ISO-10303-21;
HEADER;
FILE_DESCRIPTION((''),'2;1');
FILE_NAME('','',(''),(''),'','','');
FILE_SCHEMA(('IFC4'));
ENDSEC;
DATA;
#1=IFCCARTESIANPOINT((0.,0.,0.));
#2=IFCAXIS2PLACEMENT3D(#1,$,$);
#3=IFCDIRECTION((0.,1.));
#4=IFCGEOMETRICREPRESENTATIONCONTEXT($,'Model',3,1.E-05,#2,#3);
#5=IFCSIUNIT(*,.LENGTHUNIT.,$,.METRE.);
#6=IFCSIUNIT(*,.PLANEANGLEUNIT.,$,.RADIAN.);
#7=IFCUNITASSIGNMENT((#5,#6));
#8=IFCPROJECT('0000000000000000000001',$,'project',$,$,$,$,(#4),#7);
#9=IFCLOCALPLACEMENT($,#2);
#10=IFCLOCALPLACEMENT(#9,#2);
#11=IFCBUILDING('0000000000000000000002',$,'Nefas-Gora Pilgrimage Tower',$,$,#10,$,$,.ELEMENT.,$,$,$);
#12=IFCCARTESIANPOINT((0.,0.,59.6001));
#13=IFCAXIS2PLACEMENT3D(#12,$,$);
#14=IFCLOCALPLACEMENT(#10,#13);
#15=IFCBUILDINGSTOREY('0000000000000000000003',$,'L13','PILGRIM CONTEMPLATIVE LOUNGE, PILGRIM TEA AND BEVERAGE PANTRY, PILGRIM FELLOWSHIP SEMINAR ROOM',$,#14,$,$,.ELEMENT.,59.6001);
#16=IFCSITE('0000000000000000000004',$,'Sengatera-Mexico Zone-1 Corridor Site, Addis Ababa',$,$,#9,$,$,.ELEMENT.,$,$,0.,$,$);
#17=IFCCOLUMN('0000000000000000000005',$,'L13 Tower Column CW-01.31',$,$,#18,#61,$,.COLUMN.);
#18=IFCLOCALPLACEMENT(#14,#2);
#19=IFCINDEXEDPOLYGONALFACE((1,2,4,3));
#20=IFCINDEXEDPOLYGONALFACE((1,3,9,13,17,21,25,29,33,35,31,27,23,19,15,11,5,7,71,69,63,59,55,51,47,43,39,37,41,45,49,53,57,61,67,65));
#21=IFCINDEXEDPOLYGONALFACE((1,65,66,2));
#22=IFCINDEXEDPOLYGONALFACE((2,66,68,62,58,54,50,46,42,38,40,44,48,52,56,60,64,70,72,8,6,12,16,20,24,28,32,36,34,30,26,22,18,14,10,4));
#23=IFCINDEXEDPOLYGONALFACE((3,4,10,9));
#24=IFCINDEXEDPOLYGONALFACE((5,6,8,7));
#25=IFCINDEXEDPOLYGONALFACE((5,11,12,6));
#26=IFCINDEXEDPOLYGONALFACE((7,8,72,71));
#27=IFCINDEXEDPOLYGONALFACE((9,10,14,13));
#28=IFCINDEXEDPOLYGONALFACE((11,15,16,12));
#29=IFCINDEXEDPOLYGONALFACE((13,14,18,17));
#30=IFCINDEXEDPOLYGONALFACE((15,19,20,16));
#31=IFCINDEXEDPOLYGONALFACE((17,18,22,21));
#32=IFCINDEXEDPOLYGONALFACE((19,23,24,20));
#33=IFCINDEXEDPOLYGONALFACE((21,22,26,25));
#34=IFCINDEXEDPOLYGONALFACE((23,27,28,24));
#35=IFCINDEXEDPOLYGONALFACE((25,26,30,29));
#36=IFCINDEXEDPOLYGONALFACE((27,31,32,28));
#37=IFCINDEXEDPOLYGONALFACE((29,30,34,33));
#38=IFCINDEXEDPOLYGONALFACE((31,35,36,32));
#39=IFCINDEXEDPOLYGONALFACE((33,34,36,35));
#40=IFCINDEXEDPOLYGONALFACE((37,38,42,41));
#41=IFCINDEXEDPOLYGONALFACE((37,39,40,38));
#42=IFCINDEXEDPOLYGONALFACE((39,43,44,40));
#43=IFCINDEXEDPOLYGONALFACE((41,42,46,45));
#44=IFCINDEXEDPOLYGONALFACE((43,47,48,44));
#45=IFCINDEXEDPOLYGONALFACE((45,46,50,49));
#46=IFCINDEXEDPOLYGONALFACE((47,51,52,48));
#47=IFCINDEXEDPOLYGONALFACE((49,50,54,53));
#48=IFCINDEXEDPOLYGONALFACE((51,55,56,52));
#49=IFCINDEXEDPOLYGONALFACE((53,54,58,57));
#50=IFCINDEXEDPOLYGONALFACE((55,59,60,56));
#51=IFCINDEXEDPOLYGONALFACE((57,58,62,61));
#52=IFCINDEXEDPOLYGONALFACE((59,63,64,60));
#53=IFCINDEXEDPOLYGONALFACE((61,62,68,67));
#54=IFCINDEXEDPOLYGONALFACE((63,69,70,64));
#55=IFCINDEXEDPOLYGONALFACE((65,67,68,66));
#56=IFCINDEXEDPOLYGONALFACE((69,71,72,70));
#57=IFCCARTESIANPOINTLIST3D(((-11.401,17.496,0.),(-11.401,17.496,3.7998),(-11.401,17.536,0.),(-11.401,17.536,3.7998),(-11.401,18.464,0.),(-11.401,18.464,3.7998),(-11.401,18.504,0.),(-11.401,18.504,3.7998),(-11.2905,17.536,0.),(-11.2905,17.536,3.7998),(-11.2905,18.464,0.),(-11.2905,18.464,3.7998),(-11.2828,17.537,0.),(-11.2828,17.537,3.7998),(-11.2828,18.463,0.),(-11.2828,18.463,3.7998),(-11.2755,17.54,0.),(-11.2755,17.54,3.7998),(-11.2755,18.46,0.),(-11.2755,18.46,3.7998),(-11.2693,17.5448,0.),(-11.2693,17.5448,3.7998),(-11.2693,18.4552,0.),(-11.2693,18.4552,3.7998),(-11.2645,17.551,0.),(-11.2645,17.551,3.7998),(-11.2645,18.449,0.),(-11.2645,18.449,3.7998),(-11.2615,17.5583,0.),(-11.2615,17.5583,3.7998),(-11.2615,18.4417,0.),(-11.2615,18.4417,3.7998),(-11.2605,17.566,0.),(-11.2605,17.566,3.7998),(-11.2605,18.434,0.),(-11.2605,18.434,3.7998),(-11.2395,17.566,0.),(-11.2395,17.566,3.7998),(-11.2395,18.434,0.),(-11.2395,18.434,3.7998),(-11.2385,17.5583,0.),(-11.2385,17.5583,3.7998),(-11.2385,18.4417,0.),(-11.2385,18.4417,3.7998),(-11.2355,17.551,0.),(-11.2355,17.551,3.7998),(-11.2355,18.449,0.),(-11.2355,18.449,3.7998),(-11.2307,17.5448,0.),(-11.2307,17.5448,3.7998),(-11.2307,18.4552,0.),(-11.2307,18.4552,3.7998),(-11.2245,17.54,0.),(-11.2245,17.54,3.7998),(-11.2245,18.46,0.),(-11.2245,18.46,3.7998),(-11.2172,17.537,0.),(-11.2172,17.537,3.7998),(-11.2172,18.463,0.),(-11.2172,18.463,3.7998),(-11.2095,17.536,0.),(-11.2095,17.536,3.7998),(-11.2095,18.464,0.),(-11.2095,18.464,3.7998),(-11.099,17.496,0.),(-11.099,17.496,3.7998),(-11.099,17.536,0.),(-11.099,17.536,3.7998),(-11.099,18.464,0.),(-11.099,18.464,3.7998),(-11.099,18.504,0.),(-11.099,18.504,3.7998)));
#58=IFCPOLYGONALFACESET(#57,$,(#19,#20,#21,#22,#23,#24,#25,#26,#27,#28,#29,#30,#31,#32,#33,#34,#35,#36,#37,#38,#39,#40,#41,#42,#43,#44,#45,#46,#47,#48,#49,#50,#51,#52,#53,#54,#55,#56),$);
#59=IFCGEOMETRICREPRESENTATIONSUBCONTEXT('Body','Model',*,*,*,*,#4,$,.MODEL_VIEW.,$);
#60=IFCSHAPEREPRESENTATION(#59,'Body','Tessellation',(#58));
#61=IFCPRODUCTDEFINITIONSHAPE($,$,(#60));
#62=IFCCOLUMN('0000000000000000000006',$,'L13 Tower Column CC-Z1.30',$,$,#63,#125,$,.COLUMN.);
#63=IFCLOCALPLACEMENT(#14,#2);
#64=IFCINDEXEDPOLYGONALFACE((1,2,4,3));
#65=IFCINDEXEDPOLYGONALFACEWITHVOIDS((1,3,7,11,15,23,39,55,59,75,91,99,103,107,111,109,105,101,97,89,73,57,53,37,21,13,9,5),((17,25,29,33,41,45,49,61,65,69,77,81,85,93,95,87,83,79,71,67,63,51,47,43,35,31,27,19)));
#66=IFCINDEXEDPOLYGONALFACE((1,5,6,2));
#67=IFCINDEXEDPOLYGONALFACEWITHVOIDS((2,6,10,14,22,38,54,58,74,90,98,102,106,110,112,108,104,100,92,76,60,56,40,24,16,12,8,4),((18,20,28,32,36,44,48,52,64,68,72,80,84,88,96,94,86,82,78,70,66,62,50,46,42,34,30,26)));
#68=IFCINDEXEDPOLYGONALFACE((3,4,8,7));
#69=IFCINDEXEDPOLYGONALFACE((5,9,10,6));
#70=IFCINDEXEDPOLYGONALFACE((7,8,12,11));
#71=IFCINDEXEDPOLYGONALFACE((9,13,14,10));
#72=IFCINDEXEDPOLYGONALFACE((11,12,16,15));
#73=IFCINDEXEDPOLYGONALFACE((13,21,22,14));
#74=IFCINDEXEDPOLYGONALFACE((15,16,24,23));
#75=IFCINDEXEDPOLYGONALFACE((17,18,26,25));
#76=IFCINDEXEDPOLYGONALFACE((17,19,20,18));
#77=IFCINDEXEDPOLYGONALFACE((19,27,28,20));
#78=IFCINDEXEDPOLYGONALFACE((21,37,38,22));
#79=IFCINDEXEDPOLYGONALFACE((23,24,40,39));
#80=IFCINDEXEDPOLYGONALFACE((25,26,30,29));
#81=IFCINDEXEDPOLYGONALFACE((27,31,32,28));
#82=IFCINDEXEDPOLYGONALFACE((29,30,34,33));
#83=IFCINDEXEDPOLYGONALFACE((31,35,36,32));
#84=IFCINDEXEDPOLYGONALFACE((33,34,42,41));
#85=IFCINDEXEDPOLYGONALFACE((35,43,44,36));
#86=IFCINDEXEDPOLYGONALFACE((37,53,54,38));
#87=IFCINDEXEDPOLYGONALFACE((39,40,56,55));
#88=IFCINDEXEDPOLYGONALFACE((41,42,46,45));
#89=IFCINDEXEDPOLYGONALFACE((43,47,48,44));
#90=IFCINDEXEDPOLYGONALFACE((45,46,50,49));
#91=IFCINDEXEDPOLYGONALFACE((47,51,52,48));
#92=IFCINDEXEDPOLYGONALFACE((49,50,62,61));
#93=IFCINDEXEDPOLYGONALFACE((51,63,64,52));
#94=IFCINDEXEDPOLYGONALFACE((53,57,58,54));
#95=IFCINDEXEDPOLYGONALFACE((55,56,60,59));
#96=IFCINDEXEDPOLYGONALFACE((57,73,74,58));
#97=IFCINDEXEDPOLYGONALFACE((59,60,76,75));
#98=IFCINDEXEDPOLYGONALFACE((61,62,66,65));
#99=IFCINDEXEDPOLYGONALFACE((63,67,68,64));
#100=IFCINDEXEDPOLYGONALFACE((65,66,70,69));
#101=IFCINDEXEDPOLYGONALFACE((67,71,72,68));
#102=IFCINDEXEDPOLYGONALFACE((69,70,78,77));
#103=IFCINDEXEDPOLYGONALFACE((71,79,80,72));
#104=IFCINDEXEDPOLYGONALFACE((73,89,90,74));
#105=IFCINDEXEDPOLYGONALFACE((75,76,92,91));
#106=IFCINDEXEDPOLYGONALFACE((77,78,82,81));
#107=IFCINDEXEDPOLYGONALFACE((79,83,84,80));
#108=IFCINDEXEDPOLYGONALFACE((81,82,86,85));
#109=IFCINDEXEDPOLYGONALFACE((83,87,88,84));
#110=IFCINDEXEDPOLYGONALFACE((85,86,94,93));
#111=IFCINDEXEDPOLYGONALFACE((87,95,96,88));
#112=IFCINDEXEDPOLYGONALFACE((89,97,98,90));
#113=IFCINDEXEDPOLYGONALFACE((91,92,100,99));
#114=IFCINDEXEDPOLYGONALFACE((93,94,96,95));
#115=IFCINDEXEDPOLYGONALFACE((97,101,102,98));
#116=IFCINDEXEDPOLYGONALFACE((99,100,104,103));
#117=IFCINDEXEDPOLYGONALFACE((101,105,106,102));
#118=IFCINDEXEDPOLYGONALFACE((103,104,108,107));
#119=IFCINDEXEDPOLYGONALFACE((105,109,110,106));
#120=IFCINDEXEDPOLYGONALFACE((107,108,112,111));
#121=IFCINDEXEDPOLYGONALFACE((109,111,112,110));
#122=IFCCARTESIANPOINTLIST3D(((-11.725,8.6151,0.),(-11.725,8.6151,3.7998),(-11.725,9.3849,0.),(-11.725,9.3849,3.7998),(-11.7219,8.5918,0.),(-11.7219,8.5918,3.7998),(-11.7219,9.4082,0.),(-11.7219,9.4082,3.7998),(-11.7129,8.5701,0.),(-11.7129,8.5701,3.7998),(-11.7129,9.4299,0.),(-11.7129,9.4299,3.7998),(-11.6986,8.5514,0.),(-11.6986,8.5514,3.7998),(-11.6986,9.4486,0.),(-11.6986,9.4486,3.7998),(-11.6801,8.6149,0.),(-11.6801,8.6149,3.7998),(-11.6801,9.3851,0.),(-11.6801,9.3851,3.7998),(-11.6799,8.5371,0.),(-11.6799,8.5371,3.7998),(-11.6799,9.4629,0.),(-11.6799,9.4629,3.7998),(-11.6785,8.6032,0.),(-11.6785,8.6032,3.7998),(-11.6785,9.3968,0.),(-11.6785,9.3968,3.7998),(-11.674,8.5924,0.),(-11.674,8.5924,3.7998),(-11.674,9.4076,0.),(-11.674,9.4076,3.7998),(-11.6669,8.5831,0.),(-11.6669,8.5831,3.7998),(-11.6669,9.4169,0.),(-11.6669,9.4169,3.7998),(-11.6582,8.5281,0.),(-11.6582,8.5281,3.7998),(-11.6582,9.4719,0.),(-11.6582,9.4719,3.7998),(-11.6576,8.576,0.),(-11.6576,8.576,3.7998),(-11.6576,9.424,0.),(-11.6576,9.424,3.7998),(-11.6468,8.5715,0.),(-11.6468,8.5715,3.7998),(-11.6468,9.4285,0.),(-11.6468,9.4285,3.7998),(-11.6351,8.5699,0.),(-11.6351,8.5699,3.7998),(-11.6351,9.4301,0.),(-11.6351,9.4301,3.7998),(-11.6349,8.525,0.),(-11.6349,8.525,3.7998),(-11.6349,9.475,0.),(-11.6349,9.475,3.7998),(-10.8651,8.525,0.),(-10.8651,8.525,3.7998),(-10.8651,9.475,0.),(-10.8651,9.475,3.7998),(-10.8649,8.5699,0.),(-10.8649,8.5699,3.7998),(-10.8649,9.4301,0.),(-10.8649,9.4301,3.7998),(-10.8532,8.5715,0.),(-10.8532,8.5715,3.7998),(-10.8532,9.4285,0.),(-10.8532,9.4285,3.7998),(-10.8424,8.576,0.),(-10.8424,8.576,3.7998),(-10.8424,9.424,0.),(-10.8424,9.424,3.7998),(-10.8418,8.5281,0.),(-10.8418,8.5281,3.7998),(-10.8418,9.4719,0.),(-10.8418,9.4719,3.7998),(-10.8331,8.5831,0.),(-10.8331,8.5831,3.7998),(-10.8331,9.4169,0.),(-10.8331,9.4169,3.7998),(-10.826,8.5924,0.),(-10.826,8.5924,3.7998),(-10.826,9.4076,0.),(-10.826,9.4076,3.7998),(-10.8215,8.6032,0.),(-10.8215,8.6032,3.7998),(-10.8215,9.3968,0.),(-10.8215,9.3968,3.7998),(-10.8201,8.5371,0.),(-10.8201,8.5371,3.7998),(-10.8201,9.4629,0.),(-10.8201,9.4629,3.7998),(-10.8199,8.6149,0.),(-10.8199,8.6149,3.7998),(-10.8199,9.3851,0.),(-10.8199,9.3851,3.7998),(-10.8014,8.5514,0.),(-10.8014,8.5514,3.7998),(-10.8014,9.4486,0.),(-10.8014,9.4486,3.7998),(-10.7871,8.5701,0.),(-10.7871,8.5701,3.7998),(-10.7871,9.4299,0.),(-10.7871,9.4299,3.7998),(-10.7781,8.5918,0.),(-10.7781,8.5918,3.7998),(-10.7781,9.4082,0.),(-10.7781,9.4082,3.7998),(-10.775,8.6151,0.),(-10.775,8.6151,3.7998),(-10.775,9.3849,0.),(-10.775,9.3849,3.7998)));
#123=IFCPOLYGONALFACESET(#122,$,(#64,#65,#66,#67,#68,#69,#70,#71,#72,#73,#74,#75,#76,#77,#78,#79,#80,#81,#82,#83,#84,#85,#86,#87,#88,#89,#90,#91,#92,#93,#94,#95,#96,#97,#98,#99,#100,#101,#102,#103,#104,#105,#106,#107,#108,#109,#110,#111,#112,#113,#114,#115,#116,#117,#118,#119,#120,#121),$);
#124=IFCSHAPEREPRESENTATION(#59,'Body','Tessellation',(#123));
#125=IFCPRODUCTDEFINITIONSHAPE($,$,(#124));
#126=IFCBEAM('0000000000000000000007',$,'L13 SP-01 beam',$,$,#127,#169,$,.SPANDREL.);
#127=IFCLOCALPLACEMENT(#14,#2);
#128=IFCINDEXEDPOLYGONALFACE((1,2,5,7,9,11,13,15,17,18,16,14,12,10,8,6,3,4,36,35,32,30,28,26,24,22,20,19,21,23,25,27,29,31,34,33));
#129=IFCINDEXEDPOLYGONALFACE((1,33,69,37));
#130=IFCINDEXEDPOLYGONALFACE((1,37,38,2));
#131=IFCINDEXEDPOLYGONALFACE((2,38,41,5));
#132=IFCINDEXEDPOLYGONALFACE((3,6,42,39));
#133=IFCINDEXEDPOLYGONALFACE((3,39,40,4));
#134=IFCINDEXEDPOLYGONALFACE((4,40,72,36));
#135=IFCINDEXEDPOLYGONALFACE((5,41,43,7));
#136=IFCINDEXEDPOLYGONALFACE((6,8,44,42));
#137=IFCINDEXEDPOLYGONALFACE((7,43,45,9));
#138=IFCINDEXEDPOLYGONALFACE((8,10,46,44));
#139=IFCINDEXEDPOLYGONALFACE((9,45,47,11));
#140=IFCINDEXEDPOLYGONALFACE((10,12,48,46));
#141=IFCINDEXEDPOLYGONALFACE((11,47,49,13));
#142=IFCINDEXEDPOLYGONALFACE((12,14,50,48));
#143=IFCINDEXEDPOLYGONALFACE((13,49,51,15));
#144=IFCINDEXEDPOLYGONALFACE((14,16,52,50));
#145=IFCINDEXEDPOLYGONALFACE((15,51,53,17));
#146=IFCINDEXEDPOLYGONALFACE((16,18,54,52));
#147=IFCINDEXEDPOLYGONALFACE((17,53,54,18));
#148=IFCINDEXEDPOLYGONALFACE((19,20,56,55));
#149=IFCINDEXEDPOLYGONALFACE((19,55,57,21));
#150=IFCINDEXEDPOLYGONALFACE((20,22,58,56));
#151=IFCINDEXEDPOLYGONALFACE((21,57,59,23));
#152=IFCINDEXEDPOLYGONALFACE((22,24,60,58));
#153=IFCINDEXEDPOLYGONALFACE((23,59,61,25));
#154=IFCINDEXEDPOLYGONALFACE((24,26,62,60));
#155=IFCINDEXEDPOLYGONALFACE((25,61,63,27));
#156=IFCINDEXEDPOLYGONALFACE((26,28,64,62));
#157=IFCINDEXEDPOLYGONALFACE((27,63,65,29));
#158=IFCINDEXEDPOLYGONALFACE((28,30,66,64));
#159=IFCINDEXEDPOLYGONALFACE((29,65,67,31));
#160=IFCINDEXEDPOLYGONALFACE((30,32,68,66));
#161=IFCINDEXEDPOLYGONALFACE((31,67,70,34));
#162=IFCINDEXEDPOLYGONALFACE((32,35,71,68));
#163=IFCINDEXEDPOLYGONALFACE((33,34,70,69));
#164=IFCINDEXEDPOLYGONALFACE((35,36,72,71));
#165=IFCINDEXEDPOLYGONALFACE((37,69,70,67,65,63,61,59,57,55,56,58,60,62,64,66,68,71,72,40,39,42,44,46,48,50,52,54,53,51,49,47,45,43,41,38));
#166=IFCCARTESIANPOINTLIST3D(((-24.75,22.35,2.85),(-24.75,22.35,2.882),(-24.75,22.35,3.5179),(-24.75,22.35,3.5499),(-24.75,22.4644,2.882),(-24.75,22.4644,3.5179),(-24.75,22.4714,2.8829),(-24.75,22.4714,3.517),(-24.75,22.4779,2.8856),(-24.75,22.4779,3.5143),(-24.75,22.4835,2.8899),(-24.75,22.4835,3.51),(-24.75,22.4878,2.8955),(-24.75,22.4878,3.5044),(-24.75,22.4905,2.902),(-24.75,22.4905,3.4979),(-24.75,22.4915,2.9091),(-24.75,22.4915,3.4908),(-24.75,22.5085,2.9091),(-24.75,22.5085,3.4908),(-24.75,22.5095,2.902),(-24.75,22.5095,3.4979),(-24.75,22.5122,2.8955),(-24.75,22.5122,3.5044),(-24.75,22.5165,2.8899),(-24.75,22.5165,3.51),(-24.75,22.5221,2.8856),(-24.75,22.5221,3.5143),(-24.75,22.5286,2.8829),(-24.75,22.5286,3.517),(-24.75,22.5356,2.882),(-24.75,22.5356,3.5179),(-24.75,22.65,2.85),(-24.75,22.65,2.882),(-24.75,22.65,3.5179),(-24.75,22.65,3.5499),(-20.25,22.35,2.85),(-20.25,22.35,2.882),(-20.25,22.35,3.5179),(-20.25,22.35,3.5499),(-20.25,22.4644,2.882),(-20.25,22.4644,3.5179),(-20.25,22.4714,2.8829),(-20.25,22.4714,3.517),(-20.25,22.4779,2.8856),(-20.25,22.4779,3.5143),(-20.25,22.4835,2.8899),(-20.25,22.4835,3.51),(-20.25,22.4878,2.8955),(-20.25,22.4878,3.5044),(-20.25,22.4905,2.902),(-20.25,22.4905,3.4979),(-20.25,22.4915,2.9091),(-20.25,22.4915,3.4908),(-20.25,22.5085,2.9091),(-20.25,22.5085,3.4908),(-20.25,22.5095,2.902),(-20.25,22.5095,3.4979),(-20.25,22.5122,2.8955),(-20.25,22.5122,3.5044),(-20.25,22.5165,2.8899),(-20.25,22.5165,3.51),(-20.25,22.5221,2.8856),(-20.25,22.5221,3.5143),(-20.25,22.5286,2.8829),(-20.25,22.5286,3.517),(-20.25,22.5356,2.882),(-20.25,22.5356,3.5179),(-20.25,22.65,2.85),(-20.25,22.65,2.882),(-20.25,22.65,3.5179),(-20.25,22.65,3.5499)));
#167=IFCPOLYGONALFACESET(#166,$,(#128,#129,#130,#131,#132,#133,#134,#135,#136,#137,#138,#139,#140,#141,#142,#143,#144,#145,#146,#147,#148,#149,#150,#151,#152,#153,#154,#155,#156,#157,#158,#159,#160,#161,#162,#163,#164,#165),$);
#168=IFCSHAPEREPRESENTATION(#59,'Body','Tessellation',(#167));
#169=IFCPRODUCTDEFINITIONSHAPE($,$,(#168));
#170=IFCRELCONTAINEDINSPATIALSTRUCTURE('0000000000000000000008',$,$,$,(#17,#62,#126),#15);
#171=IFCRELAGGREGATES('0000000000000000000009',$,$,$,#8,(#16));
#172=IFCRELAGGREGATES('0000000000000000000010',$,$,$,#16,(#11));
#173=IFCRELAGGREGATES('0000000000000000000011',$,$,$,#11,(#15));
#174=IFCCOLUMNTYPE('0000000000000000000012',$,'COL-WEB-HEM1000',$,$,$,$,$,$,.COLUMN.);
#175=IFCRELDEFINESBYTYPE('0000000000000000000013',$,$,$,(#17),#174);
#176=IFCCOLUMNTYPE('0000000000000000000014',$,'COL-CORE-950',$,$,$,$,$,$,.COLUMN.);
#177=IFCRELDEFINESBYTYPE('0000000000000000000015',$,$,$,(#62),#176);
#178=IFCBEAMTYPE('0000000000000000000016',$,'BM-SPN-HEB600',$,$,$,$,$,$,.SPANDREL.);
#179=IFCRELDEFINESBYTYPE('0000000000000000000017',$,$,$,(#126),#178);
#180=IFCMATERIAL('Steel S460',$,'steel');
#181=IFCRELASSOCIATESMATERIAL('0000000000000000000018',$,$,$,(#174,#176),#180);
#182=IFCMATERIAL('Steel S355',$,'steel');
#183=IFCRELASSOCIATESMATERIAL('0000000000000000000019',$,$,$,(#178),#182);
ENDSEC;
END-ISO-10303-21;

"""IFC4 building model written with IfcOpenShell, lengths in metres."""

from ifc_helpers import new_model, si_unit, direction, frame, origin, origin_2d, place, context, subcontext, project, spatial, hollow_rectangle, i_section, extrude, source, transform, mapped, material, material_profile, profile_set, type_object, element, save


model = new_model("IFC4")

# Units and contexts
model_context = context("Model", 3, precision=1e-05, world=origin(), true_north=direction((0.0, 1.0)))
body_context = subcontext(model_context, "Body", "Model", "MODEL_VIEW")
ifc_project = project(units=[si_unit("LENGTHUNIT", "METRE"), si_unit("PLANEANGLEUNIT", "RADIAN")], contexts=[model_context])

# Site, building, storey
site_placement = place(None, origin())
site = spatial("IfcSite", under=ifc_project, at=site_placement, Name="Sengatera-Mexico Zone-1 Corridor Site, Addis Ababa", CompositionType="ELEMENT", RefElevation=0.0)
building_placement = place(site_placement, origin())
building = spatial("IfcBuilding", under=site, at=building_placement, Name="Nefas-Gora Pilgrimage Tower", CompositionType="ELEMENT")
storey_placement = place(building_placement, frame((0.0, 0.0, 59.6001)))
storey = spatial("IfcBuildingStorey", under=building, at=storey_placement, Name="L13", Description="PILGRIM CONTEMPLATIVE LOUNGE, PILGRIM TEA AND BEVERAGE PANTRY, PILGRIM FELLOWSHIP SEMINAR ROOM", CompositionType="ELEMENT", Elevation=59.6001)

# Columns
ifc_material_1 = material(Name="Steel S460", Category="steel")
ifc_material_profile_1 = material_profile(ifc_material_1, i_section(OverallWidth=0.302, OverallDepth=1.0081, WebThickness=0.021, FlangeThickness=0.04, FilletRadius=0.03, at=origin_2d()), Name="HEM 1000")
ifc_profile_set_1 = profile_set([ifc_material_profile_1], Name="Steel S460")
column_type_1 = type_object("IfcColumnType", Name="COL-WEB-HEM1000", PredefinedType="COLUMN", material=ifc_profile_set_1)
shared_shape_1 = source(origin(), body_context, "Body", "SweptSolid", [
    extrude(i_section(OverallWidth=0.302, OverallDepth=1.0081, WebThickness=0.021, FlangeThickness=0.04, FilletRadius=0.03, at=origin_2d()), origin(), (0.0, 0.0, 1.0), 3.7998),
])
for number, where, z_axis, x_axis, name in (
    (1, (-11.25, 18.0, 0.0), (0.0, 0.0, 1.0), (1.0, 0.0, 0.0), "L13 Tower Column CW-01.31"),
):
    element("IfcColumn", number, at=place(storey_placement, frame(where, z_axis=z_axis, x_axis=x_axis)), inside=storey, type_object=column_type_1, Name=name, PredefinedType="COLUMN", context=body_context, shape_type="MappedRepresentation", body=[
        mapped(shared_shape_1, transform((0.0, 0.0, 0.0), x_axis=(1.0, 0.0, 0.0), y_axis=(0.0, 1.0, 0.0), z_axis=(0.0, 0.0, 1.0), scale=1.0)),
    ])
ifc_material_profile_2 = material_profile(ifc_material_1, hollow_rectangle(XDim=0.95, YDim=0.95, WallThickness=0.0449, InnerFilletRadius=0.0449, OuterFilletRadius=0.0901, at=origin_2d()), Name="BOX 950x950x45")
ifc_profile_set_2 = profile_set([ifc_material_profile_2], Name="Steel S460")
column_type_2 = type_object("IfcColumnType", Name="COL-CORE-950", PredefinedType="COLUMN", material=ifc_profile_set_2)
shared_shape_2 = source(origin(), body_context, "Body", "SweptSolid", [
    extrude(hollow_rectangle(XDim=0.95, YDim=0.95, WallThickness=0.0449, InnerFilletRadius=0.0449, OuterFilletRadius=0.0901, at=origin_2d()), origin(), (0.0, 0.0, 1.0), 3.7998),
])
column_placement = place(storey_placement, frame((-11.25, 9.0, 0.0), z_axis=(0.0, 0.0, 1.0), x_axis=(1.0, 0.0, 0.0)))
element("IfcColumn", 2, at=column_placement, inside=storey, type_object=column_type_2, Name="L13 Tower Column CC-Z1.30", PredefinedType="COLUMN", context=body_context, shape_type="MappedRepresentation", body=[
    mapped(shared_shape_2, transform((0.0, 0.0, 0.0), x_axis=(1.0, 0.0, 0.0), y_axis=(0.0, 1.0, 0.0), z_axis=(0.0, 0.0, 1.0), scale=1.0)),
])

# Beam
ifc_material_2 = material(Name="Steel S355", Category="steel")
ifc_material_profile_3 = material_profile(ifc_material_2, i_section(OverallWidth=0.3, OverallDepth=0.7, WebThickness=0.0171, FlangeThickness=0.032, FilletRadius=0.0271, at=origin_2d()), Name="HEB 700")
ifc_profile_set_3 = profile_set([ifc_material_profile_3], Name="Steel S355")
beam_type_1 = type_object("IfcBeamType", Name="BM-SPN-HEB600", PredefinedType="SPANDREL", material=ifc_profile_set_3)
shared_shape_3 = source(origin(), body_context, "Body", "SweptSolid", [
    extrude(i_section(OverallWidth=0.3, OverallDepth=0.7, WebThickness=0.0171, FlangeThickness=0.032, FilletRadius=0.0271, at=origin_2d()), origin(), (0.0, 0.0, 1.0), 4.5),
])
beam_placement = place(storey_placement, frame((-24.75, 22.5, 3.2), z_axis=(1.0, 0.0, 0.0), x_axis=(0.0, 1.0, 0.0)))
element("IfcBeam", 3, at=beam_placement, inside=storey, type_object=beam_type_1, Name="L13 SP-01 beam", PredefinedType="SPANDREL", context=body_context, shape_type="MappedRepresentation", body=[
    mapped(shared_shape_3, transform((0.0, 0.0, 0.0), x_axis=(1.0, 0.0, 0.0), y_axis=(0.0, 1.0, 0.0), z_axis=(0.0, 0.0, 1.0), scale=1.0)),
])

save(model, "model.ifc")
